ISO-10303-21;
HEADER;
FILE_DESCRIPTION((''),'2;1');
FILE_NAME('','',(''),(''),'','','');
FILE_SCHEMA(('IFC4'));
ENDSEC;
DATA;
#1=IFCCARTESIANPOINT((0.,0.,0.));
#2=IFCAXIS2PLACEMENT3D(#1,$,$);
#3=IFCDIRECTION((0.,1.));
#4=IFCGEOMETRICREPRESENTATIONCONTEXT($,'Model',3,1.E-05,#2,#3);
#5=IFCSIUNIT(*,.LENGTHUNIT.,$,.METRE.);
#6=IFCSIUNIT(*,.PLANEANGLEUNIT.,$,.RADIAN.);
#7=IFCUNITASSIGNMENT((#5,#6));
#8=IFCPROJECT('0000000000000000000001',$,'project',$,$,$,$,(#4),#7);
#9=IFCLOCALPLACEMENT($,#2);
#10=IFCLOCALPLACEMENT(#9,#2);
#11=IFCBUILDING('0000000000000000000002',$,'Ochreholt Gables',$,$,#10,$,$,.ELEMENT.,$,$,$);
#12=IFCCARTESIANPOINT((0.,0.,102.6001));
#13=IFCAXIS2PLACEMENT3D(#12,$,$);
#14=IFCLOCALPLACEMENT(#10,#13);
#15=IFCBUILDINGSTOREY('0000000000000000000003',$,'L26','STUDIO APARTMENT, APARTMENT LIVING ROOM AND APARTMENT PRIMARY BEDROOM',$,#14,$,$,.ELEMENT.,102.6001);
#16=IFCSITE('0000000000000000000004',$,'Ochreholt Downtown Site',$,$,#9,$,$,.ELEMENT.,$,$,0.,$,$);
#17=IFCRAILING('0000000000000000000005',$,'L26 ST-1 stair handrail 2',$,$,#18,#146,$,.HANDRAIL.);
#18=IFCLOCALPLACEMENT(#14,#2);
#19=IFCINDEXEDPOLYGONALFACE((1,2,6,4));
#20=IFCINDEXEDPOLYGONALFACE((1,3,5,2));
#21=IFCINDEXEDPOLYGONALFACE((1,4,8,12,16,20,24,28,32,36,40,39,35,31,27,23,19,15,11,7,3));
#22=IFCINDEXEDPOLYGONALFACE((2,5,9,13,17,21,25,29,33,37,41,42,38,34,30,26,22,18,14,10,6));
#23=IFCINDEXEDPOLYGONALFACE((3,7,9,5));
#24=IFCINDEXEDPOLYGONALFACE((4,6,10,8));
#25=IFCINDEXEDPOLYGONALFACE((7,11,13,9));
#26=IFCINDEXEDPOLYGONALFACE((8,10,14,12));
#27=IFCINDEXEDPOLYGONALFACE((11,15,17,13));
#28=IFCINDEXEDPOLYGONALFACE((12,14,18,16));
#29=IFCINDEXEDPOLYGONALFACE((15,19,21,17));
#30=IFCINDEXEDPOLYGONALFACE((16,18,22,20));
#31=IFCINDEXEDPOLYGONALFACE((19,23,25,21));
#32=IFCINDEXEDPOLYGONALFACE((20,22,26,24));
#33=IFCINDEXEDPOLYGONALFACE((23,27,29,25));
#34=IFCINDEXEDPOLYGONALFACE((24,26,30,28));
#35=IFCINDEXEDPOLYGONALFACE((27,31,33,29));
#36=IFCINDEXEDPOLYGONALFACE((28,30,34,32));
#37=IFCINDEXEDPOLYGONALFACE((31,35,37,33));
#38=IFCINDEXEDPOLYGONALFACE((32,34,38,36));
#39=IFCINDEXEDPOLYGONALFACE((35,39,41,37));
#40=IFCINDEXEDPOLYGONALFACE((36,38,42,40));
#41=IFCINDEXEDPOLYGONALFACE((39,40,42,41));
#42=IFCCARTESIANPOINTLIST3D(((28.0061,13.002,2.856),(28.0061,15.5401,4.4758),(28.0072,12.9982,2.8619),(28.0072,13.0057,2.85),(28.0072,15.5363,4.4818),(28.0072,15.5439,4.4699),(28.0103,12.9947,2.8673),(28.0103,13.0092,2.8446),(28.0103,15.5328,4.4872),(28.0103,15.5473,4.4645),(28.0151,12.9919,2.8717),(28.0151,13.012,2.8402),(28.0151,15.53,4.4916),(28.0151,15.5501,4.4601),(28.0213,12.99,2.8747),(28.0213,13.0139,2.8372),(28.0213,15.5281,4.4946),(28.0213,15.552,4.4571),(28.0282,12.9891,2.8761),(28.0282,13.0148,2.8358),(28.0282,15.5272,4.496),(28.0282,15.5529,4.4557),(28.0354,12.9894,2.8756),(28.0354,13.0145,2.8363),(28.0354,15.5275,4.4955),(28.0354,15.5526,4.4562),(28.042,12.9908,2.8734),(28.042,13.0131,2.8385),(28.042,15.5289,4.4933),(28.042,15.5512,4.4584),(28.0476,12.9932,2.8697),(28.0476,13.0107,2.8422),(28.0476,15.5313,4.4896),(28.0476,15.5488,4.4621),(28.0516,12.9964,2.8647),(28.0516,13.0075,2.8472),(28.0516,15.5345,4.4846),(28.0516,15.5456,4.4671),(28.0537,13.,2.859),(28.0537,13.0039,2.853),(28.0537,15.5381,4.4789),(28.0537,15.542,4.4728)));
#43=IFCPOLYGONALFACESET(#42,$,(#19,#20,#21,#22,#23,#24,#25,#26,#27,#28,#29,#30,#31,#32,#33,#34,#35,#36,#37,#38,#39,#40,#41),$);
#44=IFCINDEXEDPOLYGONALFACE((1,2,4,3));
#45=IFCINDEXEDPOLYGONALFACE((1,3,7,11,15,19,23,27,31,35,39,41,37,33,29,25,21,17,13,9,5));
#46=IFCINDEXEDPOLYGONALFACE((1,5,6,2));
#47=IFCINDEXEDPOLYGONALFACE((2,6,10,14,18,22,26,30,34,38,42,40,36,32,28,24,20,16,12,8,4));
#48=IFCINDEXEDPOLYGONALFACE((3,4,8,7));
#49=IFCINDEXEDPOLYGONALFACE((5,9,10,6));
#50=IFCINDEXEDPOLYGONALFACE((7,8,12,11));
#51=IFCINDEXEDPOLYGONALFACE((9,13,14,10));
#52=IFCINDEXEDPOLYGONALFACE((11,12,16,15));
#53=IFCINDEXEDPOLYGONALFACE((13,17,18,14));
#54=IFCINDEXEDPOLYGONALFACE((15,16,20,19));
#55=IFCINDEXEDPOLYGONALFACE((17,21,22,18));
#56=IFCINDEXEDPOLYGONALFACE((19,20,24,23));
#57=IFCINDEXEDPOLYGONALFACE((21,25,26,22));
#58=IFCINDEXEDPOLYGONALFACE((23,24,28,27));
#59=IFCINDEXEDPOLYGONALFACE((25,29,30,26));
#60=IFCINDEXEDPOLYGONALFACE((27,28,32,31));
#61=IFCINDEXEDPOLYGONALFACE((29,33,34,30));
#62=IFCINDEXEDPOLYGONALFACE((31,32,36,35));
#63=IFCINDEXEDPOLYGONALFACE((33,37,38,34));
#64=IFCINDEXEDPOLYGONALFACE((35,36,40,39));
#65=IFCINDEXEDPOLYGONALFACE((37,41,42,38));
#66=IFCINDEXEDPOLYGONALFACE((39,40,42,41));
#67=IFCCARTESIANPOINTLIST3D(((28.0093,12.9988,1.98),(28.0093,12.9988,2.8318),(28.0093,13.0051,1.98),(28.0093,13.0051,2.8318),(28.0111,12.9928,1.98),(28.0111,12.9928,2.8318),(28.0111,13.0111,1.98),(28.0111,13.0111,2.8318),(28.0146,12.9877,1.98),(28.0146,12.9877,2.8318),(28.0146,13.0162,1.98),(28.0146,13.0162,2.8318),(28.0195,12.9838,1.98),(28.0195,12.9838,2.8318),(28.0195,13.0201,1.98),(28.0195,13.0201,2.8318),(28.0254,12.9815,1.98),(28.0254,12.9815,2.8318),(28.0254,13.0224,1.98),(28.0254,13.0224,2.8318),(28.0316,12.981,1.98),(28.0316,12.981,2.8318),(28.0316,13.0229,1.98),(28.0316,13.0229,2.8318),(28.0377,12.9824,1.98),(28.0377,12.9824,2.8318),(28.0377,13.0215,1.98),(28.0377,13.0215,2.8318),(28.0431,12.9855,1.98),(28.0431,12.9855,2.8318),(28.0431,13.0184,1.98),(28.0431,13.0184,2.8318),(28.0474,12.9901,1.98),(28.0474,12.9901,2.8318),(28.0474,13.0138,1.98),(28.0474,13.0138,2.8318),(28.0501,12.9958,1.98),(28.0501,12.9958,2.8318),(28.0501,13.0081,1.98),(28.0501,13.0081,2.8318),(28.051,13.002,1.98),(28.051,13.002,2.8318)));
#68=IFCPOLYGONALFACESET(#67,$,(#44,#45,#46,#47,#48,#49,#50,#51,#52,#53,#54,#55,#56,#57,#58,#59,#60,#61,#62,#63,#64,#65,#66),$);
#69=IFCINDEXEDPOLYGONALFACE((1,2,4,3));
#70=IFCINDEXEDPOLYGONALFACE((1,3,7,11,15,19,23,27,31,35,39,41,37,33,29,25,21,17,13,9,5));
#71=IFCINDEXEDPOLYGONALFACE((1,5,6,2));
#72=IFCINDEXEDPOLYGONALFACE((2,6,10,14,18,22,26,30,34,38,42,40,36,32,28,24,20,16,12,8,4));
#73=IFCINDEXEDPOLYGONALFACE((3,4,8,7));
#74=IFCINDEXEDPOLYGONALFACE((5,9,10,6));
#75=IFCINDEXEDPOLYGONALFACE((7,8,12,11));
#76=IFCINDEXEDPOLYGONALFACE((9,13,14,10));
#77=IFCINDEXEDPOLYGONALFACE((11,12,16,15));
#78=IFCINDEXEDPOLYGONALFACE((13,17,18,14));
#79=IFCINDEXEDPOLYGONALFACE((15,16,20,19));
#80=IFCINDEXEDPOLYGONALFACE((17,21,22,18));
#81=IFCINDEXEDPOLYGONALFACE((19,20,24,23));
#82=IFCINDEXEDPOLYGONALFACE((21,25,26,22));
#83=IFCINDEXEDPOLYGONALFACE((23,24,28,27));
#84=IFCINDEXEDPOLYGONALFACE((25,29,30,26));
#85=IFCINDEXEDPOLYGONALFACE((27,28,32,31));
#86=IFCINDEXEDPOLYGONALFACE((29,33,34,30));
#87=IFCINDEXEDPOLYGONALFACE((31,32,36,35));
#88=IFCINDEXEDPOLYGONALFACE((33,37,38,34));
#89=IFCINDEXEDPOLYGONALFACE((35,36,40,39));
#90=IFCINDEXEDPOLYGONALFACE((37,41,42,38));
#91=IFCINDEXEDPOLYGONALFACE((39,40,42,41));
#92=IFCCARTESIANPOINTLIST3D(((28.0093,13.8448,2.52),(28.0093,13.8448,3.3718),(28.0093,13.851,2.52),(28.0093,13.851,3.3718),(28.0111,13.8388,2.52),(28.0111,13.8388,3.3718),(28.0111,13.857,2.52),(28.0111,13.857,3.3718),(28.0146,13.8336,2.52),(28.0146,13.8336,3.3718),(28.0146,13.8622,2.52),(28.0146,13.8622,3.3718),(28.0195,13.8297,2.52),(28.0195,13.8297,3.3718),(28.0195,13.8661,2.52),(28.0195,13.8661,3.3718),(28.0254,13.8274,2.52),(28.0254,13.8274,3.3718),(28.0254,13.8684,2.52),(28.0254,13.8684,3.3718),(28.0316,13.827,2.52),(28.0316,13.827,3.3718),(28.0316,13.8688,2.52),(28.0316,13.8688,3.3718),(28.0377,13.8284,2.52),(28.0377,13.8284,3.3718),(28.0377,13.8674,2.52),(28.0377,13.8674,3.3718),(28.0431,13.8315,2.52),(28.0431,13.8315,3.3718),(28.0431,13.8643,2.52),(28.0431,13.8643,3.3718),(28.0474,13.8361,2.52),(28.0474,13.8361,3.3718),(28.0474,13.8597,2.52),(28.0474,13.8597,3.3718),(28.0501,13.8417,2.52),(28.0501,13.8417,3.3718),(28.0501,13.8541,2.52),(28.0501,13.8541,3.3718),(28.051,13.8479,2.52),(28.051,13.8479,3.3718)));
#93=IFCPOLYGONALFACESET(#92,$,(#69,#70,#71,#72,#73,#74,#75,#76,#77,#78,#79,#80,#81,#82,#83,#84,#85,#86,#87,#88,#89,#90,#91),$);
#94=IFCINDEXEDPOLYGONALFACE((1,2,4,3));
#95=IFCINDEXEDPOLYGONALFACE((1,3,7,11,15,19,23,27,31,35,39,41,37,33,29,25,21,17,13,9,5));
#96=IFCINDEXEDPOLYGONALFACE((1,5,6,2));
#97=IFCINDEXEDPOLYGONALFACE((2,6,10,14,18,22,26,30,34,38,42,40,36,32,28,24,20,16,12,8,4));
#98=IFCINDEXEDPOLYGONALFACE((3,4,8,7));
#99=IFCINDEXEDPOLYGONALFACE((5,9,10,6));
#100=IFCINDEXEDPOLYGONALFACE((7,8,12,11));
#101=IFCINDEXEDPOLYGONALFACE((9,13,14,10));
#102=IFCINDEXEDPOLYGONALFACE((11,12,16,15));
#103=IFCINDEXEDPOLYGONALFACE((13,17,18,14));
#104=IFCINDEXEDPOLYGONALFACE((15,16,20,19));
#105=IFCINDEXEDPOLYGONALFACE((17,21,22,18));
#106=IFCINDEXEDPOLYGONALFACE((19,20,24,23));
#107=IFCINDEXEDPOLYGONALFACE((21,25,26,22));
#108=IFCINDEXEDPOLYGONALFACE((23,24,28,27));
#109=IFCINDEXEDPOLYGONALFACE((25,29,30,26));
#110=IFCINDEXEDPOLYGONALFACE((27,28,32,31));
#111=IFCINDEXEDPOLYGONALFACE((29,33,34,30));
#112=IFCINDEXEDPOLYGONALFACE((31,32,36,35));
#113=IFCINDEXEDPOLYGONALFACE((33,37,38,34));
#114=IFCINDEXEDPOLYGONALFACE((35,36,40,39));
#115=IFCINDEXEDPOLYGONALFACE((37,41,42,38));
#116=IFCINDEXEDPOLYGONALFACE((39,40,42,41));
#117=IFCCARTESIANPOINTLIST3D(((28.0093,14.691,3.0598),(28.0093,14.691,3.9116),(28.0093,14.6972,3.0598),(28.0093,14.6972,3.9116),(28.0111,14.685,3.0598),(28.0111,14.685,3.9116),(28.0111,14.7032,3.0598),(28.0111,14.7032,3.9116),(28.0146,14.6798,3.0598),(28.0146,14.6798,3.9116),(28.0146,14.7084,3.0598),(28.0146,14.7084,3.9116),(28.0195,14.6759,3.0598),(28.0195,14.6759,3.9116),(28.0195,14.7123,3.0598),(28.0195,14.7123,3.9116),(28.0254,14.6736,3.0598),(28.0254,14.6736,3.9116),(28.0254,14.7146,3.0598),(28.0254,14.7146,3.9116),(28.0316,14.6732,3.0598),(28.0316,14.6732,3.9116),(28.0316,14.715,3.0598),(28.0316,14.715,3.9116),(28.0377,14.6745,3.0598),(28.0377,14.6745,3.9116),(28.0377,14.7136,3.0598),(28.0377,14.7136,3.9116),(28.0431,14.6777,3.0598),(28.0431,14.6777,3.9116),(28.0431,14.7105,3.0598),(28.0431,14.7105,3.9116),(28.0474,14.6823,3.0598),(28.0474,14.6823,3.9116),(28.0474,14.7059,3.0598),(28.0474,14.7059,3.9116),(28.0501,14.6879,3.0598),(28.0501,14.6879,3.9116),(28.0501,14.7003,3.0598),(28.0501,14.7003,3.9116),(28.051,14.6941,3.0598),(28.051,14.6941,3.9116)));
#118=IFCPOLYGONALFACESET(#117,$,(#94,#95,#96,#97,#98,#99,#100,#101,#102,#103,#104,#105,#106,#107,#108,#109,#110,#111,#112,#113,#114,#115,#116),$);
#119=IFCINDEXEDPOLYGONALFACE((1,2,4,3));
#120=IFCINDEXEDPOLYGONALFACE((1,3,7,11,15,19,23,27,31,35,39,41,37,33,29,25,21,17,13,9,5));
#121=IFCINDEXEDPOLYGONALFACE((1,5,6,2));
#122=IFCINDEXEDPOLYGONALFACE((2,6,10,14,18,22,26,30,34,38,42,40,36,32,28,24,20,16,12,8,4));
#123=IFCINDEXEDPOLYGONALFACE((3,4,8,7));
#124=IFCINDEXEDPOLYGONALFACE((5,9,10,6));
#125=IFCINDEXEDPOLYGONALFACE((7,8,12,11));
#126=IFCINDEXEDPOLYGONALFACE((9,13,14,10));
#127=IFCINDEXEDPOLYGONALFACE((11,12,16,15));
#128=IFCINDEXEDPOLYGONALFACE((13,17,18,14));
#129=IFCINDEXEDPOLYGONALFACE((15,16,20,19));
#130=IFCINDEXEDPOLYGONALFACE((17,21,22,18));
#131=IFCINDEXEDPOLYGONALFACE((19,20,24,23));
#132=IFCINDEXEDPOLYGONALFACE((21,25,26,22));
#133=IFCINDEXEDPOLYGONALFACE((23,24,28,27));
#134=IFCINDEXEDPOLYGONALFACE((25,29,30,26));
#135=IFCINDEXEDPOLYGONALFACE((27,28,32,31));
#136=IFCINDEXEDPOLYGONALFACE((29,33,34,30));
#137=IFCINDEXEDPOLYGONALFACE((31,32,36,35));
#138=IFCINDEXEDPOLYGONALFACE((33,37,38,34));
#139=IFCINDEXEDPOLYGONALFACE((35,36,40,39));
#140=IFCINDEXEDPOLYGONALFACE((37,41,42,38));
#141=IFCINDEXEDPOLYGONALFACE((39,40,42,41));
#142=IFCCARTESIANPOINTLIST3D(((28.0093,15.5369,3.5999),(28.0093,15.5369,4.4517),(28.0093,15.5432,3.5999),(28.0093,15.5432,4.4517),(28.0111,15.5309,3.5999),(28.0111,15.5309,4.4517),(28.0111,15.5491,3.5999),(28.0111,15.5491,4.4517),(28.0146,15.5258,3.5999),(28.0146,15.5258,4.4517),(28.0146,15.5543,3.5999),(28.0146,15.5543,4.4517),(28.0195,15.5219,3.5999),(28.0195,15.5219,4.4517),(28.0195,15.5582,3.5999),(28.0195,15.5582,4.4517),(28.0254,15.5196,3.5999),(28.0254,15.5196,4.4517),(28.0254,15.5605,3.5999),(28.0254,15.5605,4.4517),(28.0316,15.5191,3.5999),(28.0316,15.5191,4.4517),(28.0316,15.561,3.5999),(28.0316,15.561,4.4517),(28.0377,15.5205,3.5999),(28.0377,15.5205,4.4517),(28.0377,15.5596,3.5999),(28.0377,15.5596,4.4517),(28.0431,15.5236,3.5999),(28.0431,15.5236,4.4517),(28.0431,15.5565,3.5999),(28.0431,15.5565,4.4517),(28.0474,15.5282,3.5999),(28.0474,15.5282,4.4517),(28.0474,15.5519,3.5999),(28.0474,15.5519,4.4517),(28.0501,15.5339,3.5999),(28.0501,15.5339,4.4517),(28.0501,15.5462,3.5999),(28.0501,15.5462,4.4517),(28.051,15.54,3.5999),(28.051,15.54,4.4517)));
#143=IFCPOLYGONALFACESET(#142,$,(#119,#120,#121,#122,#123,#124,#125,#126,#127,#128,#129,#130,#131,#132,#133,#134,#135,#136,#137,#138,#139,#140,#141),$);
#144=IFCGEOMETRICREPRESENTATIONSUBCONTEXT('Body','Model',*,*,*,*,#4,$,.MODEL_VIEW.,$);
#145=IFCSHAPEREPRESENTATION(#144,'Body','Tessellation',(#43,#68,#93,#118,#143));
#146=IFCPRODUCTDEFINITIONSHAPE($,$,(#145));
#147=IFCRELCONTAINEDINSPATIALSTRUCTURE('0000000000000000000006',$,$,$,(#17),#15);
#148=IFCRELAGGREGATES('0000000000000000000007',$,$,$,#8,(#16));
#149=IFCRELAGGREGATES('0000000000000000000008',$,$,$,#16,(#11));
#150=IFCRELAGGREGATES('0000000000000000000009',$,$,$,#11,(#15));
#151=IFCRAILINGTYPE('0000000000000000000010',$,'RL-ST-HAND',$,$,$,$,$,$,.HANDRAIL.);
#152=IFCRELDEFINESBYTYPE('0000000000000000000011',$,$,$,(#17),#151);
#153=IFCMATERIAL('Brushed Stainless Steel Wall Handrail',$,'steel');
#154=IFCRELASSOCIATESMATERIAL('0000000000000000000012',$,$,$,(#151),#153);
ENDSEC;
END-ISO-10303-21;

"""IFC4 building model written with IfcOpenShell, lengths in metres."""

from ifc_helpers import new_model, si_unit, direction, frame, origin, origin_2d, place, context, subcontext, project, spatial, circle, extrude, material, type_object, element, save


model = new_model("IFC4")

# Units and contexts
model_context = context("Model", 3, precision=1e-05, world=origin(), true_north=direction((0.0, 1.0)))
body_context = subcontext(model_context, "Body", "Model", "MODEL_VIEW")
ifc_project = project(units=[si_unit("LENGTHUNIT", "METRE"), si_unit("PLANEANGLEUNIT", "RADIAN")], contexts=[model_context])

# Site, building, storey
site_placement = place(None, origin())
site = spatial("IfcSite", under=ifc_project, at=site_placement, Name="Ochreholt Downtown Site", CompositionType="ELEMENT", RefElevation=0.0)
building_placement = place(site_placement, origin())
building = spatial("IfcBuilding", under=site, at=building_placement, Name="Ochreholt Gables", CompositionType="ELEMENT")
storey_placement = place(building_placement, frame((0.0, 0.0, 102.6001)))
storey = spatial("IfcBuildingStorey", under=building, at=storey_placement, Name="L26", Description="STUDIO APARTMENT, APARTMENT LIVING ROOM AND APARTMENT PRIMARY BEDROOM", CompositionType="ELEMENT", Elevation=102.6001)

# Railing
ifc_material_1 = material(Name="Brushed Stainless Steel Wall Handrail", Category="steel")
railing_type_1 = type_object("IfcRailingType", Name="RL-ST-HAND", PredefinedType="HANDRAIL", material=ifc_material_1)
railing_1_placement = place(storey_placement, frame((28.03, 13.002, 1.98)))
element("IfcRailing", 1, at=railing_1_placement, inside=storey, type_object=railing_type_1, Name="L26 ST-1 stair handrail 2", PredefinedType="HANDRAIL", context=body_context, shape_type="SweptSolid", body=[
    extrude(circle(Radius=0.0239, at=origin_2d()), frame((0.0, 0.0, 0.876), z_axis=(0.0, 0.84295, 0.537993), x_axis=(-1.0, 0.0, 0.0)), (0.0, 0.0, 1.0), 3.011),
    extrude(circle(Radius=0.021, at=origin_2d()), origin(), (0.0, 0.0, 1.0), 0.8518),
    extrude(circle(Radius=0.021, at=origin_2d()), frame((0.0, 0.8459, 0.54)), (0.0, 0.0, 1.0), 0.8518),
    extrude(circle(Radius=0.021, at=origin_2d()), frame((0.0, 1.6921, 1.0798)), (0.0, 0.0, 1.0), 0.8518),
    extrude(circle(Radius=0.021, at=origin_2d()), frame((0.0, 2.5381, 1.6199)), (0.0, 0.0, 1.0), 0.8518),
])

save(model, "model.ifc")
